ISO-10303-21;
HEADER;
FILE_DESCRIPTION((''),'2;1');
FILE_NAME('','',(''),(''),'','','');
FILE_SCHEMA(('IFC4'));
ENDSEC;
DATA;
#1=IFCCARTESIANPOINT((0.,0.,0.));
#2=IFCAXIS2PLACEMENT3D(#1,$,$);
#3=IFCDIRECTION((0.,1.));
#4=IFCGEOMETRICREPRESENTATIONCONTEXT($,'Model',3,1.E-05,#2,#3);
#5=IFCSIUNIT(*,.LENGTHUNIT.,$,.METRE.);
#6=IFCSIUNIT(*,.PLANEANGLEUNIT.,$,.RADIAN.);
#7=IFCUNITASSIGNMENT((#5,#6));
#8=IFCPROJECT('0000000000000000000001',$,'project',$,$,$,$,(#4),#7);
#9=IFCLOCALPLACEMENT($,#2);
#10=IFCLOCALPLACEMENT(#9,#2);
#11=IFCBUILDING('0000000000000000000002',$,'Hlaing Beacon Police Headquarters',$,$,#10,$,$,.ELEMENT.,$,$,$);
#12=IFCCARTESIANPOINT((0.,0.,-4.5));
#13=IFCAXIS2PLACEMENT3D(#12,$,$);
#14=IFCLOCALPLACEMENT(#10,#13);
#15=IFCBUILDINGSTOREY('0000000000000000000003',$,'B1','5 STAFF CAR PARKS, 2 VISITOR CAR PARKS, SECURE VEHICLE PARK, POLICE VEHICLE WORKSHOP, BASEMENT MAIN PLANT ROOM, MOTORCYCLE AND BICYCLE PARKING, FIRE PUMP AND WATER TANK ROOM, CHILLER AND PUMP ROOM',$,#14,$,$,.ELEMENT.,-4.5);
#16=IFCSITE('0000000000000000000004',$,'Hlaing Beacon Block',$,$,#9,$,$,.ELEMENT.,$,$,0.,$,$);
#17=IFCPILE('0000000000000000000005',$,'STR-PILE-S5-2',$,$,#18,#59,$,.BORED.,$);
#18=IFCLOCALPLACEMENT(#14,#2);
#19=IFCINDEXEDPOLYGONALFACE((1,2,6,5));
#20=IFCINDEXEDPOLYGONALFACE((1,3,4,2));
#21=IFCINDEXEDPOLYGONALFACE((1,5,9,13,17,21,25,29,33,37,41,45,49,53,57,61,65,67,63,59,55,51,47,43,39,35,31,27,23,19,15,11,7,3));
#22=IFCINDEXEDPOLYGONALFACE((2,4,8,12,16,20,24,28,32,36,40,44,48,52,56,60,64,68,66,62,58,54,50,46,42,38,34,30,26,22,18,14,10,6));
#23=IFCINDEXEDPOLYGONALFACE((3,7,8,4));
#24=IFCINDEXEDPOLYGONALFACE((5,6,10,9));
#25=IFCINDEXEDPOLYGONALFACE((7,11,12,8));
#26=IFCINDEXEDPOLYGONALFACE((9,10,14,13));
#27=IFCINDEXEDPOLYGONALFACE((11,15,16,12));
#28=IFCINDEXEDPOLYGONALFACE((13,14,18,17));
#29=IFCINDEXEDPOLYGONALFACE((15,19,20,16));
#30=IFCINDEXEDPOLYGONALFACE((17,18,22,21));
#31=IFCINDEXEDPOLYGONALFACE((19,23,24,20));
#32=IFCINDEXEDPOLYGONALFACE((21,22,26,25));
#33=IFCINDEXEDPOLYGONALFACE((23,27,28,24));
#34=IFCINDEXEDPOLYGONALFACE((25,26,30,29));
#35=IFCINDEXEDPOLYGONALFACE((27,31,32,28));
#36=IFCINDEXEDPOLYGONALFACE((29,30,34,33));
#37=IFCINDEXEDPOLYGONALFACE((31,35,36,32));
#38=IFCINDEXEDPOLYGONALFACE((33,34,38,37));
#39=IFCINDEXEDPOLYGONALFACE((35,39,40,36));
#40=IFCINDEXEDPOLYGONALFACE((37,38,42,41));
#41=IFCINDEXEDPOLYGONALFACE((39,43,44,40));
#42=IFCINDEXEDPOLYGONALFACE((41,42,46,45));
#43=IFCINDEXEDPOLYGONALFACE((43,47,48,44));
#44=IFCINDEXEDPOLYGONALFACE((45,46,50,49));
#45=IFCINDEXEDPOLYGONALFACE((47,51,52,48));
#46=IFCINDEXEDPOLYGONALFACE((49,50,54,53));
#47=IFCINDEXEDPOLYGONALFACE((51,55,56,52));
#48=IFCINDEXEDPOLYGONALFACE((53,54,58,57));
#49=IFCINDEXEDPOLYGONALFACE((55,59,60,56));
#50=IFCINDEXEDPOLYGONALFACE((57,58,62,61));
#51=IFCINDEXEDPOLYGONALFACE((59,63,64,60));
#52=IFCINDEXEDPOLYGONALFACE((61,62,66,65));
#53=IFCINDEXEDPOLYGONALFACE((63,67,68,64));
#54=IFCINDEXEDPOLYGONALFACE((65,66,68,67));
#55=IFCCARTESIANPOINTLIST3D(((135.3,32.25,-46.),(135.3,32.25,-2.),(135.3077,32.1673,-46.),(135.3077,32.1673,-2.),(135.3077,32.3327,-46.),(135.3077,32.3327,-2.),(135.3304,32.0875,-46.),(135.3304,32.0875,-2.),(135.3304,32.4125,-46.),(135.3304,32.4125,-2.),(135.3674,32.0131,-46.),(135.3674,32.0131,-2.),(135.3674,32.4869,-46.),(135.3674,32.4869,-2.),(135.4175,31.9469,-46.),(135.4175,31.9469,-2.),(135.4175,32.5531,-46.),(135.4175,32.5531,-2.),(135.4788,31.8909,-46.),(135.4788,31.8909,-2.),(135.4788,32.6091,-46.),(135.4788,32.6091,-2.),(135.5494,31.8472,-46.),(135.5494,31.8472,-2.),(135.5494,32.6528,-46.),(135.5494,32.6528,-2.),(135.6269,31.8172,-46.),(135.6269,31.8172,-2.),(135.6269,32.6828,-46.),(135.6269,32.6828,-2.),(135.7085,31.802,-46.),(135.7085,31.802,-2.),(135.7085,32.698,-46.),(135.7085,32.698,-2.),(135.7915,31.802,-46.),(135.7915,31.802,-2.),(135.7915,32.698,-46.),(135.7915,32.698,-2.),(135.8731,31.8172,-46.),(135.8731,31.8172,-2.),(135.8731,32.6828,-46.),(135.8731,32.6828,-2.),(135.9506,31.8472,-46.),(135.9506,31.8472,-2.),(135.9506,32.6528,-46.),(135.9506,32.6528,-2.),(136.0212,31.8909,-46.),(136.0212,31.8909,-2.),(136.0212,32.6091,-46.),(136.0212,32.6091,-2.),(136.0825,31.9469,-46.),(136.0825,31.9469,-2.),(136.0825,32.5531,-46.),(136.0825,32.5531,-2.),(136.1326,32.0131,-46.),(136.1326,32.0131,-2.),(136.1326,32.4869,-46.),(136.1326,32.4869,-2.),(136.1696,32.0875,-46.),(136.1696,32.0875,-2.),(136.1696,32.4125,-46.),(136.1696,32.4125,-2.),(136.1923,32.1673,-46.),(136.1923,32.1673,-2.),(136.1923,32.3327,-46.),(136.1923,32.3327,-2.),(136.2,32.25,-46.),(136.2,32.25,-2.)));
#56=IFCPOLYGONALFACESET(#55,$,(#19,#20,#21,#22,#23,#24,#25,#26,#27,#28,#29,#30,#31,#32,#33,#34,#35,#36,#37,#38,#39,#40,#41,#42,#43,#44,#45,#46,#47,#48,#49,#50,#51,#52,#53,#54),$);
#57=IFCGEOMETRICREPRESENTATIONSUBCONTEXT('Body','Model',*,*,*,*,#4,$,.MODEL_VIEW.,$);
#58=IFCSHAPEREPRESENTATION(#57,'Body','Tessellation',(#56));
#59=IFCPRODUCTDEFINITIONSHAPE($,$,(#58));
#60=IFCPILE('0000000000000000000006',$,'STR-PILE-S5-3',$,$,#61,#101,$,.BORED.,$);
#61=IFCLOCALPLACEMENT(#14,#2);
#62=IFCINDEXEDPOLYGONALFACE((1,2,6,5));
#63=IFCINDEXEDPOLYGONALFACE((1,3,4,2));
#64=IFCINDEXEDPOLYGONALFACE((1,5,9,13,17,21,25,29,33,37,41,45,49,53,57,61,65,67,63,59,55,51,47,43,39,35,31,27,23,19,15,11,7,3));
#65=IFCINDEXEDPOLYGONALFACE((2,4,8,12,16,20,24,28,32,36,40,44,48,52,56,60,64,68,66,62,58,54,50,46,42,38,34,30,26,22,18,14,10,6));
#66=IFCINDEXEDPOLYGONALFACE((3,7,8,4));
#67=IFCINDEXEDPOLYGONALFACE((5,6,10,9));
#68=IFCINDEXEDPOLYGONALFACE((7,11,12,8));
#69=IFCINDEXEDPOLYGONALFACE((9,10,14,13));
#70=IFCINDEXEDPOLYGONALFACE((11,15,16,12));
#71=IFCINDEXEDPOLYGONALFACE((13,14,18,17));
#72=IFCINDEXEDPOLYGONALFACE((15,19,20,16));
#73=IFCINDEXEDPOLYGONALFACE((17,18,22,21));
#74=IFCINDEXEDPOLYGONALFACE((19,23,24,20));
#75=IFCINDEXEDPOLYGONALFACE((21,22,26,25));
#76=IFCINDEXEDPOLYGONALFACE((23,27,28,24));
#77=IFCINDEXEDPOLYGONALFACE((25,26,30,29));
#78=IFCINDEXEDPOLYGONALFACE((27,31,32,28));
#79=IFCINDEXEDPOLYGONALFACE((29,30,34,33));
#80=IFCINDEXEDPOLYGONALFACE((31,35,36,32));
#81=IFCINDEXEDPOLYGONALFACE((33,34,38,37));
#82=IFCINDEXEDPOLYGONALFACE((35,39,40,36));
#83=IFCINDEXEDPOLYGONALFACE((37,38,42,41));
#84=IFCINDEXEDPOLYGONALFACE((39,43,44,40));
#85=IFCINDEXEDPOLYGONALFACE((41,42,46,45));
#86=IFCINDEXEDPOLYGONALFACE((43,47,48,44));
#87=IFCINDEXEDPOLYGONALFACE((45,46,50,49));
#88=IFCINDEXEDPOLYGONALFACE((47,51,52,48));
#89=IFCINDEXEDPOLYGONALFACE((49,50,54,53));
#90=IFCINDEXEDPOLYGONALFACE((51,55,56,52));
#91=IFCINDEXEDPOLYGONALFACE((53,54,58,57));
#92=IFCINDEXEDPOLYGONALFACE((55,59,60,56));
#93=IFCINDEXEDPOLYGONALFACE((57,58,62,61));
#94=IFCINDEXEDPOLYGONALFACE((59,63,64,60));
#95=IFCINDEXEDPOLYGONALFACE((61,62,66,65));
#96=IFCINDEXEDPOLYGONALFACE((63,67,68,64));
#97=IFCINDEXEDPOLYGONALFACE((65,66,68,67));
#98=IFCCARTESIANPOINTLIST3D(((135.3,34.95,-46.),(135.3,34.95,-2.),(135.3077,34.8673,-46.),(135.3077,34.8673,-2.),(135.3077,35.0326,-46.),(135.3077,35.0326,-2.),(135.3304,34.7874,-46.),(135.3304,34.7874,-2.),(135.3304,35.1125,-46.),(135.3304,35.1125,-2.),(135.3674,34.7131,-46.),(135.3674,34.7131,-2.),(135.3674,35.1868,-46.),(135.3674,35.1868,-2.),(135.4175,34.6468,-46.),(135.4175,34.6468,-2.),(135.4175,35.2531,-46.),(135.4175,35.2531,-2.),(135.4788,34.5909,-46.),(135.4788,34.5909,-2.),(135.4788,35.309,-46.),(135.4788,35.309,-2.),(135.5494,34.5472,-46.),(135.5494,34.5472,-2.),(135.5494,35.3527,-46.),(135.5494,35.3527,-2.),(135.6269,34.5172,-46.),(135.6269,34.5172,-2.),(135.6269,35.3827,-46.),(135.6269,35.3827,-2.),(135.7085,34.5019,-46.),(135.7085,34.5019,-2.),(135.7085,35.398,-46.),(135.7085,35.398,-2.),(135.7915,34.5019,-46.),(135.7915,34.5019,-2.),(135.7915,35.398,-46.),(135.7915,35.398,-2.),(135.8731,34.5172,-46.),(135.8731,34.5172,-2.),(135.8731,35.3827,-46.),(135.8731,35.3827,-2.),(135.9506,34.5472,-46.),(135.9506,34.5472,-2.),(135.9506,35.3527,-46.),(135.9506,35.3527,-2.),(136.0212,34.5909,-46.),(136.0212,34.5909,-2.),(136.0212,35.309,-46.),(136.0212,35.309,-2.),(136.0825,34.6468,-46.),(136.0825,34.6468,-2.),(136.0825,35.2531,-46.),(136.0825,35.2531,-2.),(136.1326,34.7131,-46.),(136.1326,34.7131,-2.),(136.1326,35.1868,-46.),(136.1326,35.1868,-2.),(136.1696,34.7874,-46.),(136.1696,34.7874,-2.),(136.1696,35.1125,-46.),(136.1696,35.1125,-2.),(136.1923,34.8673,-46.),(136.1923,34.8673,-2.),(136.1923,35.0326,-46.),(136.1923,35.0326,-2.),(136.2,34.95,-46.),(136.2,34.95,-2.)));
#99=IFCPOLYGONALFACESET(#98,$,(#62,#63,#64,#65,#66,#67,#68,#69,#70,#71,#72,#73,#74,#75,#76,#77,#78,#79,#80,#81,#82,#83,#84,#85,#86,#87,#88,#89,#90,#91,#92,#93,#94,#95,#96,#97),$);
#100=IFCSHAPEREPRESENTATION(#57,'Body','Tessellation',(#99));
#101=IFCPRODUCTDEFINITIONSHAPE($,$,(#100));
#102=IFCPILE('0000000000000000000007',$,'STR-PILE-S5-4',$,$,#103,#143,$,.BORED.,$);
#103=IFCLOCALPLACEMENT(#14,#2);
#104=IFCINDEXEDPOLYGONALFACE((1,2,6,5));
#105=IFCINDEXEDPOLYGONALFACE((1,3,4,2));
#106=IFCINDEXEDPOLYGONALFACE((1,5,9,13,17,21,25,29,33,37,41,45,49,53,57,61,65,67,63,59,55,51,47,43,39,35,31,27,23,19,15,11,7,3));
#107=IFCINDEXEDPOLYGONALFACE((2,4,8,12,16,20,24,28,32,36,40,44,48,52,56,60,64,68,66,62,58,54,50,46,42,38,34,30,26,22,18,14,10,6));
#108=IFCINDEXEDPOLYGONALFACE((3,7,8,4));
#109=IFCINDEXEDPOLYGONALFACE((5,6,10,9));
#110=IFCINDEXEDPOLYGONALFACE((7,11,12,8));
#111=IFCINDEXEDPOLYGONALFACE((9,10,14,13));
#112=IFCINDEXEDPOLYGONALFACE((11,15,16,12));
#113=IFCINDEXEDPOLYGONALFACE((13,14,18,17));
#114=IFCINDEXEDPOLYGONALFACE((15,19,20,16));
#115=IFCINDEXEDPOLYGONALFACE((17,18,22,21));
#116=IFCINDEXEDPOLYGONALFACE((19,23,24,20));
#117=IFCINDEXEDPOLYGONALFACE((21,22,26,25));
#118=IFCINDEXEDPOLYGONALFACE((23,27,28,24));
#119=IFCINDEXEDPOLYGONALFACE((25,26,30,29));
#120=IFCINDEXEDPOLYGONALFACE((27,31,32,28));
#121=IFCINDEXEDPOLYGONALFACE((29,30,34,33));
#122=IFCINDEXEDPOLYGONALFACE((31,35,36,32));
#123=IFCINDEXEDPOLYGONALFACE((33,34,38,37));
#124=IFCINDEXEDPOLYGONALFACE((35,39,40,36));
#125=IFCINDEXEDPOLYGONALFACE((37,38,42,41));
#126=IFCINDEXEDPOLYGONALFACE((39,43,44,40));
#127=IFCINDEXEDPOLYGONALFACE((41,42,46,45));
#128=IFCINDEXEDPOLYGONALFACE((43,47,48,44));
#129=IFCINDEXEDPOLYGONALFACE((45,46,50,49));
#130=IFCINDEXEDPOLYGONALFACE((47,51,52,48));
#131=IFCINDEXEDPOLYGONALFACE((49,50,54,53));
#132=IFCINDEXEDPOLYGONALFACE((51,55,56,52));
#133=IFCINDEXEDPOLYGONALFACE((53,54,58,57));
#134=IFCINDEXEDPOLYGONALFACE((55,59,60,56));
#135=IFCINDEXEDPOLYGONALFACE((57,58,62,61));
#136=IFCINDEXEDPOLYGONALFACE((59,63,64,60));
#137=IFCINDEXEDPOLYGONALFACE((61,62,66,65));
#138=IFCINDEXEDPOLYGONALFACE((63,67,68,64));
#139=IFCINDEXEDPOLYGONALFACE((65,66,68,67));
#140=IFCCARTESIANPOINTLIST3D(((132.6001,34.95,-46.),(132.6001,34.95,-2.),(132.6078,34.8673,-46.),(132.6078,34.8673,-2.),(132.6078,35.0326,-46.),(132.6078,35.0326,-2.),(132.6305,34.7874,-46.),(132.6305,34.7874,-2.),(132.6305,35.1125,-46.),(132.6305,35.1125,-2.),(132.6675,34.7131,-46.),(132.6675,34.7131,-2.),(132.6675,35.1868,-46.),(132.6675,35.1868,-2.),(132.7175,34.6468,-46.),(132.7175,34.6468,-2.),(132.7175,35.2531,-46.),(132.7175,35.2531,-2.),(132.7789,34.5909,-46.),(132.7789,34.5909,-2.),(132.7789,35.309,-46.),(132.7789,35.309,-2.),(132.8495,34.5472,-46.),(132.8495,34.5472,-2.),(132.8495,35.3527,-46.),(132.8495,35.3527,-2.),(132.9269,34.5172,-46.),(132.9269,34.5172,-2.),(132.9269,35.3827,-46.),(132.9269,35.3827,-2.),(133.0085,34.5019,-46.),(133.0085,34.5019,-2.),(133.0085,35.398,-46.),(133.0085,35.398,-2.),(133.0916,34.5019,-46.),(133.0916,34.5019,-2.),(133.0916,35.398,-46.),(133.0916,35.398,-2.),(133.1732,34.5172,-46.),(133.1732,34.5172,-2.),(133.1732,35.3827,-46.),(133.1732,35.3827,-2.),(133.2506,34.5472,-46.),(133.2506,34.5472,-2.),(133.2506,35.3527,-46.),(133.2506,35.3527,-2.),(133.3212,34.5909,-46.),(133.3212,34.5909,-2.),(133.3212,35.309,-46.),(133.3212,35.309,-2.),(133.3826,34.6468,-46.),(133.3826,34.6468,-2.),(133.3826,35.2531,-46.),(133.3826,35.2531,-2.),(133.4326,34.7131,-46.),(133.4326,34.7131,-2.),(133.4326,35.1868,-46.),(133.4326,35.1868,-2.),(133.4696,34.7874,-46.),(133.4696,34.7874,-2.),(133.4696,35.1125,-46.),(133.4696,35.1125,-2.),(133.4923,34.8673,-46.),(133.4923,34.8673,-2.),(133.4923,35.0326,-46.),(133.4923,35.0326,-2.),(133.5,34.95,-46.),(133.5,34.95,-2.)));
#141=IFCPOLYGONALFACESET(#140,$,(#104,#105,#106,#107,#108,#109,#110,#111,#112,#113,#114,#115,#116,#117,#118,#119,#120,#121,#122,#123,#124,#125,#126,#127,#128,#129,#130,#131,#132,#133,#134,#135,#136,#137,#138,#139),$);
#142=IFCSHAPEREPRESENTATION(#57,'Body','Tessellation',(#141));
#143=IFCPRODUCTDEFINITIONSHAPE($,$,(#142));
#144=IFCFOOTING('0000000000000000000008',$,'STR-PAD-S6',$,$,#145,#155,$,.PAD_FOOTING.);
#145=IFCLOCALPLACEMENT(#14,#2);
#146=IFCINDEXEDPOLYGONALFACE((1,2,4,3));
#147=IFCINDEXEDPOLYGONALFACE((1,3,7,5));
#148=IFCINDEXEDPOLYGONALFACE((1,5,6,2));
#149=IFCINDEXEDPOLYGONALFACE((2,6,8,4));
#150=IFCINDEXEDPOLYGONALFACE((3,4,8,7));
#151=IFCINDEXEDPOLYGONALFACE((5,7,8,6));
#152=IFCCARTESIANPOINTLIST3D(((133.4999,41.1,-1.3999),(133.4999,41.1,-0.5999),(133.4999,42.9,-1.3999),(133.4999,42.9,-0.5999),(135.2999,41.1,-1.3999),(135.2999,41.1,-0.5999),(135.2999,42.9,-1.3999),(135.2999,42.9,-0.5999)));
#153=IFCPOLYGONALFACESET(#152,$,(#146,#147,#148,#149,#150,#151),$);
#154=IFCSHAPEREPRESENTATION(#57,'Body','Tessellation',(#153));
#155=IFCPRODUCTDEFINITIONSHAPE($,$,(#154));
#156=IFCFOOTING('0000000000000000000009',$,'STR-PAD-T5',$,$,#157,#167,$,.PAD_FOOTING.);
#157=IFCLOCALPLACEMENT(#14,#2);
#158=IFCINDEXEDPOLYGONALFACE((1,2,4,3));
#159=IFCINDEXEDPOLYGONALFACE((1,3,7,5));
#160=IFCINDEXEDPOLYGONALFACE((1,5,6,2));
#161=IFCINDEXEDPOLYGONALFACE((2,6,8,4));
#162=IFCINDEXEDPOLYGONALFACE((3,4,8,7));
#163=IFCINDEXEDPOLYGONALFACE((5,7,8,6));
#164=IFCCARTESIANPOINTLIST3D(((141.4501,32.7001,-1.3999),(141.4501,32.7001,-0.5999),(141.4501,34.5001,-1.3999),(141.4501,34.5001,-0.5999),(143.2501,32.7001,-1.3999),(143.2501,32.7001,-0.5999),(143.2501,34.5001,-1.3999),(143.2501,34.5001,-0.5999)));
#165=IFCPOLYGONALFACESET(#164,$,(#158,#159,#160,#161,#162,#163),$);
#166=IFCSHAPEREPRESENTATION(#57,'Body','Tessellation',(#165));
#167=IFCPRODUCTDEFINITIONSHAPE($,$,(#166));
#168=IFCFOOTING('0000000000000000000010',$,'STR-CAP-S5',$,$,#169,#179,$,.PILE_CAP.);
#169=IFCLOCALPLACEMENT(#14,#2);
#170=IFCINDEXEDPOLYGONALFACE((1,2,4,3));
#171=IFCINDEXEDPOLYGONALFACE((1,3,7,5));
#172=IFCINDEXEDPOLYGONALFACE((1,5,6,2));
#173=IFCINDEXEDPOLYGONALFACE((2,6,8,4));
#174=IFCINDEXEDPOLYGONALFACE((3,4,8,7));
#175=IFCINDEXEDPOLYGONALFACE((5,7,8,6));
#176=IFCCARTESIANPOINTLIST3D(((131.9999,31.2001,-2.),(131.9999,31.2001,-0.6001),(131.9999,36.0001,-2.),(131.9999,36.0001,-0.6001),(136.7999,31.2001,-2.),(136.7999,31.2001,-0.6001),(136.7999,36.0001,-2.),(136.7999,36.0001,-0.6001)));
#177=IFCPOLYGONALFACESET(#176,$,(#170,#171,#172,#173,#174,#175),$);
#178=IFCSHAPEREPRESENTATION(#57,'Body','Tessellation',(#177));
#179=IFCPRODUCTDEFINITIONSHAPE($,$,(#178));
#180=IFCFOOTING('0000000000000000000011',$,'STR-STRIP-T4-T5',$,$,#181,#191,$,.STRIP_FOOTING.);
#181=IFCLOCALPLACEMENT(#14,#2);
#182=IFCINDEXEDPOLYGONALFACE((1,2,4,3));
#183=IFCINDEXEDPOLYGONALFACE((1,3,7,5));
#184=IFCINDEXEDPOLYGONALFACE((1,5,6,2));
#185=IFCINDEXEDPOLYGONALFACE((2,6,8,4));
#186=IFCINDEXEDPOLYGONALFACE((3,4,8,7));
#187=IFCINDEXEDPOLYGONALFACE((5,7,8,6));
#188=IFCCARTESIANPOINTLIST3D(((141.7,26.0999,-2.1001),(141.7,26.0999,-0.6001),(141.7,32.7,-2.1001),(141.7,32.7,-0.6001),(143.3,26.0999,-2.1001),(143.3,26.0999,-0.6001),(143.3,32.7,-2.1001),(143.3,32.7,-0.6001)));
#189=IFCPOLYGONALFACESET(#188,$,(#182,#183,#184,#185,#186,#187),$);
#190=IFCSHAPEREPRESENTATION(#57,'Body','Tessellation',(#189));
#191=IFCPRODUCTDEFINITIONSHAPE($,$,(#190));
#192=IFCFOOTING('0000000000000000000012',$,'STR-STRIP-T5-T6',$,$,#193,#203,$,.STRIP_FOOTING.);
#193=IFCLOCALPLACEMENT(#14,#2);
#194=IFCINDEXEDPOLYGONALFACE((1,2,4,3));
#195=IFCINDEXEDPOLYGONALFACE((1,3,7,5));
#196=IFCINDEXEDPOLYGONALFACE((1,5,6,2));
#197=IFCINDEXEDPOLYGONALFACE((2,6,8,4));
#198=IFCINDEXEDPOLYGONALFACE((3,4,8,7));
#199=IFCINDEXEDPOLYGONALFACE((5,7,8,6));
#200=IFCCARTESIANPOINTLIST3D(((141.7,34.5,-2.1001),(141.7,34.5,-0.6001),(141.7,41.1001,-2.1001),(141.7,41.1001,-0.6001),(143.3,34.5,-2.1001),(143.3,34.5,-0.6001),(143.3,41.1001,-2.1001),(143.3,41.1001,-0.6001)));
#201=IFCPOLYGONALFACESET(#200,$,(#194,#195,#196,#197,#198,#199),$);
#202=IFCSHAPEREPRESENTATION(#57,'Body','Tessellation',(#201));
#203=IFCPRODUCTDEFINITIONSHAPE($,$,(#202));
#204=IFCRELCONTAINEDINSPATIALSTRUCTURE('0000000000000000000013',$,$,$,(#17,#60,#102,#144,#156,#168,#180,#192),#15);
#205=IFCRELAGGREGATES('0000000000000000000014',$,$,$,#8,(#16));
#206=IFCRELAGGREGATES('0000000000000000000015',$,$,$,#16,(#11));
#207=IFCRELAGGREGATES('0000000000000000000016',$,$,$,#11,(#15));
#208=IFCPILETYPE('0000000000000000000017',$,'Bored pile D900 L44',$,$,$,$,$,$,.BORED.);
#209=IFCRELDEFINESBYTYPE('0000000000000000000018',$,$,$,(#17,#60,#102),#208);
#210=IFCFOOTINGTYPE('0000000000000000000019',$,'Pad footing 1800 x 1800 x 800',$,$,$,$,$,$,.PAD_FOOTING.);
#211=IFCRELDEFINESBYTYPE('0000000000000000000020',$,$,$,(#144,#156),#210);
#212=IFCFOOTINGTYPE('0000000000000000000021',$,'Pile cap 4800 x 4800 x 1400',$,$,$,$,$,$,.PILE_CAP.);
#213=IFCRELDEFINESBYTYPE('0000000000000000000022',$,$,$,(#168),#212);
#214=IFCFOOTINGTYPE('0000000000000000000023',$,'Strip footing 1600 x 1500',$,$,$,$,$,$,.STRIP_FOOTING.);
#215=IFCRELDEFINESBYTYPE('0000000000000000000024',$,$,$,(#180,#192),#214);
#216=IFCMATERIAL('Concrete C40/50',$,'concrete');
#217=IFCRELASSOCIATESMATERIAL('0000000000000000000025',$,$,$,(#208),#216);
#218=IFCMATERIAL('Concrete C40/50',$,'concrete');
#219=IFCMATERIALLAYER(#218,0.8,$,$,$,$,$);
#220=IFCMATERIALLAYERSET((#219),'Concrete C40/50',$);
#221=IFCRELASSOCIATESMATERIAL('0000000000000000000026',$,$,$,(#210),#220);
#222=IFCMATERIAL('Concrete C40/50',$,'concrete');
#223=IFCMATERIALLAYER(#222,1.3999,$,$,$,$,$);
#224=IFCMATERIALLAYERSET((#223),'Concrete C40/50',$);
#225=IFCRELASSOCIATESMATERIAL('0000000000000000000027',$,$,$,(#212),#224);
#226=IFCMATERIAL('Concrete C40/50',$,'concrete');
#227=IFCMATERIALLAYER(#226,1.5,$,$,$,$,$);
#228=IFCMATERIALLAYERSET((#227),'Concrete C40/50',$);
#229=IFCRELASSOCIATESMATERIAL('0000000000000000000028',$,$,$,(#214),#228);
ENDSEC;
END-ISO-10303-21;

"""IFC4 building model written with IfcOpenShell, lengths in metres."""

from ifc_helpers import new_model, si_unit, direction, frame, origin, origin_2d, place, context, subcontext, project, spatial, rectangle, circle, extrude, material, layer, layer_set, material_profile, profile_set, type_object, element, save


model = new_model("IFC4")

# Units and contexts
model_context = context("Model", 3, precision=1e-05, world=origin(), true_north=direction((0.0, 1.0)))
body_context = subcontext(model_context, "Body", "Model", "MODEL_VIEW")
ifc_project = project(units=[si_unit("LENGTHUNIT", "METRE"), si_unit("PLANEANGLEUNIT", "RADIAN")], contexts=[model_context])

# Site, building, storey
site_placement = place(None, origin())
site = spatial("IfcSite", under=ifc_project, at=site_placement, Name="Hlaing Beacon Block", CompositionType="ELEMENT", RefElevation=0.0)
building_placement = place(site_placement, origin())
building = spatial("IfcBuilding", under=site, at=building_placement, Name="Hlaing Beacon Police Headquarters", CompositionType="ELEMENT")
storey_placement = place(building_placement, frame((0.0, 0.0, -4.5)))
storey = spatial("IfcBuildingStorey", under=building, at=storey_placement, Name="B1", Description="5 STAFF CAR PARKS, 2 VISITOR CAR PARKS, SECURE VEHICLE PARK, POLICE VEHICLE WORKSHOP, BASEMENT MAIN PLANT ROOM, MOTORCYCLE AND BICYCLE PARKING, FIRE PUMP AND WATER TANK ROOM, CHILLER AND PUMP ROOM", CompositionType="ELEMENT", Elevation=-4.5)

# Piles
ifc_material_1 = material(Name="Concrete C40/50", Category="concrete")
ifc_material_profile_1 = material_profile(ifc_material_1, circle(Radius=0.45, at=origin_2d()), Name="D900")
ifc_profile_set_1 = profile_set([ifc_material_profile_1], Name="Concrete C40/50")
pile_type_1 = type_object("IfcPileType", Name="Bored pile D900 L44", PredefinedType="BORED", material=ifc_profile_set_1)
for number, where, z_axis, x_axis, name in (
    (1, (135.75, 32.25, -2.0), (0.0, 0.0, -1.0), (1.0, 0.0, 0.0), "STR-PILE-S5-2"),
    (2, (135.75, 34.95, -2.0), (0.0, 0.0, -1.0), (1.0, 0.0, 0.0), "STR-PILE-S5-3"),
    (3, (133.05, 34.95, -2.0), (0.0, 0.0, -1.0), (1.0, 0.0, 0.0), "STR-PILE-S5-4"),
):
    element("IfcPile", number, at=place(storey_placement, frame(where, z_axis=z_axis, x_axis=x_axis)), inside=storey, type_object=pile_type_1, Name=name, PredefinedType="BORED", context=body_context, shape_type="SweptSolid", body=[
        extrude(circle(Radius=0.45, at=origin_2d()), origin(), (0.0, 0.0, 1.0), 44.0),
    ])

# Footings
ifc_material_2 = material(Name="Concrete C40/50", Category="concrete")
ifc_layer_1 = layer(ifc_material_2, 0.8)
ifc_layer_set_1 = layer_set([ifc_layer_1], Name="Concrete C40/50")
footing_type_1 = type_object("IfcFootingType", Name="Pad footing 1800 x 1800 x 800", PredefinedType="PAD_FOOTING", material=ifc_layer_set_1)
for number, where, z_axis, x_axis, name in (
    (4, (134.3999, 42.0, -1.3999), (0.0, 0.0, 1.0), (1.0, 0.0, 0.0), "STR-PAD-S6"),
    (5, (142.3501, 33.6001, -1.3999), (0.0, 0.0, 1.0), (1.0, 0.0, 0.0), "STR-PAD-T5"),
):
    element("IfcFooting", number, at=place(storey_placement, frame(where, z_axis=z_axis, x_axis=x_axis)), inside=storey, type_object=footing_type_1, Name=name, PredefinedType="PAD_FOOTING", context=body_context, shape_type="SweptSolid", body=[
        extrude(rectangle(XDim=1.8, YDim=1.8, at=origin_2d()), origin(), (0.0, 0.0, 1.0), 0.8),
    ])
ifc_material_3 = material(Name="Concrete C40/50", Category="concrete")
ifc_layer_2 = layer(ifc_material_3, 1.3999)
ifc_layer_set_2 = layer_set([ifc_layer_2], Name="Concrete C40/50")
footing_type_2 = type_object("IfcFootingType", Name="Pile cap 4800 x 4800 x 1400", PredefinedType="PILE_CAP", material=ifc_layer_set_2)
footing_1_placement = place(storey_placement, frame((134.3999, 33.6001, -2.0), z_axis=(0.0, 0.0, 1.0), x_axis=(1.0, 0.0, 0.0)))
element("IfcFooting", 6, at=footing_1_placement, inside=storey, type_object=footing_type_2, Name="STR-CAP-S5", PredefinedType="PILE_CAP", context=body_context, shape_type="SweptSolid", body=[
    extrude(rectangle(XDim=4.8, YDim=4.8, at=origin_2d()), origin(), (0.0, 0.0, 1.0), 1.3999),
])
ifc_material_4 = material(Name="Concrete C40/50", Category="concrete")
ifc_layer_3 = layer(ifc_material_4, 1.5)
ifc_layer_set_3 = layer_set([ifc_layer_3], Name="Concrete C40/50")
footing_type_3 = type_object("IfcFootingType", Name="Strip footing 1600 x 1500", PredefinedType="STRIP_FOOTING", material=ifc_layer_set_3)
for number, where, z_axis, x_axis, name in (
    (7, (142.5, 29.3999, -2.1001), (0.0, 0.0, 1.0), (1.0, 0.0, 0.0), "STR-STRIP-T4-T5"),
    (8, (142.5, 37.8, -2.1001), (0.0, 0.0, 1.0), (1.0, 0.0, 0.0), "STR-STRIP-T5-T6"),
):
    element("IfcFooting", number, at=place(storey_placement, frame(where, z_axis=z_axis, x_axis=x_axis)), inside=storey, type_object=footing_type_3, Name=name, PredefinedType="STRIP_FOOTING", context=body_context, shape_type="SweptSolid", body=[
        extrude(rectangle(XDim=1.6001, YDim=6.6001, at=origin_2d()), origin(), (0.0, 0.0, 1.0), 1.5),
    ])

save(model, "model.ifc")
